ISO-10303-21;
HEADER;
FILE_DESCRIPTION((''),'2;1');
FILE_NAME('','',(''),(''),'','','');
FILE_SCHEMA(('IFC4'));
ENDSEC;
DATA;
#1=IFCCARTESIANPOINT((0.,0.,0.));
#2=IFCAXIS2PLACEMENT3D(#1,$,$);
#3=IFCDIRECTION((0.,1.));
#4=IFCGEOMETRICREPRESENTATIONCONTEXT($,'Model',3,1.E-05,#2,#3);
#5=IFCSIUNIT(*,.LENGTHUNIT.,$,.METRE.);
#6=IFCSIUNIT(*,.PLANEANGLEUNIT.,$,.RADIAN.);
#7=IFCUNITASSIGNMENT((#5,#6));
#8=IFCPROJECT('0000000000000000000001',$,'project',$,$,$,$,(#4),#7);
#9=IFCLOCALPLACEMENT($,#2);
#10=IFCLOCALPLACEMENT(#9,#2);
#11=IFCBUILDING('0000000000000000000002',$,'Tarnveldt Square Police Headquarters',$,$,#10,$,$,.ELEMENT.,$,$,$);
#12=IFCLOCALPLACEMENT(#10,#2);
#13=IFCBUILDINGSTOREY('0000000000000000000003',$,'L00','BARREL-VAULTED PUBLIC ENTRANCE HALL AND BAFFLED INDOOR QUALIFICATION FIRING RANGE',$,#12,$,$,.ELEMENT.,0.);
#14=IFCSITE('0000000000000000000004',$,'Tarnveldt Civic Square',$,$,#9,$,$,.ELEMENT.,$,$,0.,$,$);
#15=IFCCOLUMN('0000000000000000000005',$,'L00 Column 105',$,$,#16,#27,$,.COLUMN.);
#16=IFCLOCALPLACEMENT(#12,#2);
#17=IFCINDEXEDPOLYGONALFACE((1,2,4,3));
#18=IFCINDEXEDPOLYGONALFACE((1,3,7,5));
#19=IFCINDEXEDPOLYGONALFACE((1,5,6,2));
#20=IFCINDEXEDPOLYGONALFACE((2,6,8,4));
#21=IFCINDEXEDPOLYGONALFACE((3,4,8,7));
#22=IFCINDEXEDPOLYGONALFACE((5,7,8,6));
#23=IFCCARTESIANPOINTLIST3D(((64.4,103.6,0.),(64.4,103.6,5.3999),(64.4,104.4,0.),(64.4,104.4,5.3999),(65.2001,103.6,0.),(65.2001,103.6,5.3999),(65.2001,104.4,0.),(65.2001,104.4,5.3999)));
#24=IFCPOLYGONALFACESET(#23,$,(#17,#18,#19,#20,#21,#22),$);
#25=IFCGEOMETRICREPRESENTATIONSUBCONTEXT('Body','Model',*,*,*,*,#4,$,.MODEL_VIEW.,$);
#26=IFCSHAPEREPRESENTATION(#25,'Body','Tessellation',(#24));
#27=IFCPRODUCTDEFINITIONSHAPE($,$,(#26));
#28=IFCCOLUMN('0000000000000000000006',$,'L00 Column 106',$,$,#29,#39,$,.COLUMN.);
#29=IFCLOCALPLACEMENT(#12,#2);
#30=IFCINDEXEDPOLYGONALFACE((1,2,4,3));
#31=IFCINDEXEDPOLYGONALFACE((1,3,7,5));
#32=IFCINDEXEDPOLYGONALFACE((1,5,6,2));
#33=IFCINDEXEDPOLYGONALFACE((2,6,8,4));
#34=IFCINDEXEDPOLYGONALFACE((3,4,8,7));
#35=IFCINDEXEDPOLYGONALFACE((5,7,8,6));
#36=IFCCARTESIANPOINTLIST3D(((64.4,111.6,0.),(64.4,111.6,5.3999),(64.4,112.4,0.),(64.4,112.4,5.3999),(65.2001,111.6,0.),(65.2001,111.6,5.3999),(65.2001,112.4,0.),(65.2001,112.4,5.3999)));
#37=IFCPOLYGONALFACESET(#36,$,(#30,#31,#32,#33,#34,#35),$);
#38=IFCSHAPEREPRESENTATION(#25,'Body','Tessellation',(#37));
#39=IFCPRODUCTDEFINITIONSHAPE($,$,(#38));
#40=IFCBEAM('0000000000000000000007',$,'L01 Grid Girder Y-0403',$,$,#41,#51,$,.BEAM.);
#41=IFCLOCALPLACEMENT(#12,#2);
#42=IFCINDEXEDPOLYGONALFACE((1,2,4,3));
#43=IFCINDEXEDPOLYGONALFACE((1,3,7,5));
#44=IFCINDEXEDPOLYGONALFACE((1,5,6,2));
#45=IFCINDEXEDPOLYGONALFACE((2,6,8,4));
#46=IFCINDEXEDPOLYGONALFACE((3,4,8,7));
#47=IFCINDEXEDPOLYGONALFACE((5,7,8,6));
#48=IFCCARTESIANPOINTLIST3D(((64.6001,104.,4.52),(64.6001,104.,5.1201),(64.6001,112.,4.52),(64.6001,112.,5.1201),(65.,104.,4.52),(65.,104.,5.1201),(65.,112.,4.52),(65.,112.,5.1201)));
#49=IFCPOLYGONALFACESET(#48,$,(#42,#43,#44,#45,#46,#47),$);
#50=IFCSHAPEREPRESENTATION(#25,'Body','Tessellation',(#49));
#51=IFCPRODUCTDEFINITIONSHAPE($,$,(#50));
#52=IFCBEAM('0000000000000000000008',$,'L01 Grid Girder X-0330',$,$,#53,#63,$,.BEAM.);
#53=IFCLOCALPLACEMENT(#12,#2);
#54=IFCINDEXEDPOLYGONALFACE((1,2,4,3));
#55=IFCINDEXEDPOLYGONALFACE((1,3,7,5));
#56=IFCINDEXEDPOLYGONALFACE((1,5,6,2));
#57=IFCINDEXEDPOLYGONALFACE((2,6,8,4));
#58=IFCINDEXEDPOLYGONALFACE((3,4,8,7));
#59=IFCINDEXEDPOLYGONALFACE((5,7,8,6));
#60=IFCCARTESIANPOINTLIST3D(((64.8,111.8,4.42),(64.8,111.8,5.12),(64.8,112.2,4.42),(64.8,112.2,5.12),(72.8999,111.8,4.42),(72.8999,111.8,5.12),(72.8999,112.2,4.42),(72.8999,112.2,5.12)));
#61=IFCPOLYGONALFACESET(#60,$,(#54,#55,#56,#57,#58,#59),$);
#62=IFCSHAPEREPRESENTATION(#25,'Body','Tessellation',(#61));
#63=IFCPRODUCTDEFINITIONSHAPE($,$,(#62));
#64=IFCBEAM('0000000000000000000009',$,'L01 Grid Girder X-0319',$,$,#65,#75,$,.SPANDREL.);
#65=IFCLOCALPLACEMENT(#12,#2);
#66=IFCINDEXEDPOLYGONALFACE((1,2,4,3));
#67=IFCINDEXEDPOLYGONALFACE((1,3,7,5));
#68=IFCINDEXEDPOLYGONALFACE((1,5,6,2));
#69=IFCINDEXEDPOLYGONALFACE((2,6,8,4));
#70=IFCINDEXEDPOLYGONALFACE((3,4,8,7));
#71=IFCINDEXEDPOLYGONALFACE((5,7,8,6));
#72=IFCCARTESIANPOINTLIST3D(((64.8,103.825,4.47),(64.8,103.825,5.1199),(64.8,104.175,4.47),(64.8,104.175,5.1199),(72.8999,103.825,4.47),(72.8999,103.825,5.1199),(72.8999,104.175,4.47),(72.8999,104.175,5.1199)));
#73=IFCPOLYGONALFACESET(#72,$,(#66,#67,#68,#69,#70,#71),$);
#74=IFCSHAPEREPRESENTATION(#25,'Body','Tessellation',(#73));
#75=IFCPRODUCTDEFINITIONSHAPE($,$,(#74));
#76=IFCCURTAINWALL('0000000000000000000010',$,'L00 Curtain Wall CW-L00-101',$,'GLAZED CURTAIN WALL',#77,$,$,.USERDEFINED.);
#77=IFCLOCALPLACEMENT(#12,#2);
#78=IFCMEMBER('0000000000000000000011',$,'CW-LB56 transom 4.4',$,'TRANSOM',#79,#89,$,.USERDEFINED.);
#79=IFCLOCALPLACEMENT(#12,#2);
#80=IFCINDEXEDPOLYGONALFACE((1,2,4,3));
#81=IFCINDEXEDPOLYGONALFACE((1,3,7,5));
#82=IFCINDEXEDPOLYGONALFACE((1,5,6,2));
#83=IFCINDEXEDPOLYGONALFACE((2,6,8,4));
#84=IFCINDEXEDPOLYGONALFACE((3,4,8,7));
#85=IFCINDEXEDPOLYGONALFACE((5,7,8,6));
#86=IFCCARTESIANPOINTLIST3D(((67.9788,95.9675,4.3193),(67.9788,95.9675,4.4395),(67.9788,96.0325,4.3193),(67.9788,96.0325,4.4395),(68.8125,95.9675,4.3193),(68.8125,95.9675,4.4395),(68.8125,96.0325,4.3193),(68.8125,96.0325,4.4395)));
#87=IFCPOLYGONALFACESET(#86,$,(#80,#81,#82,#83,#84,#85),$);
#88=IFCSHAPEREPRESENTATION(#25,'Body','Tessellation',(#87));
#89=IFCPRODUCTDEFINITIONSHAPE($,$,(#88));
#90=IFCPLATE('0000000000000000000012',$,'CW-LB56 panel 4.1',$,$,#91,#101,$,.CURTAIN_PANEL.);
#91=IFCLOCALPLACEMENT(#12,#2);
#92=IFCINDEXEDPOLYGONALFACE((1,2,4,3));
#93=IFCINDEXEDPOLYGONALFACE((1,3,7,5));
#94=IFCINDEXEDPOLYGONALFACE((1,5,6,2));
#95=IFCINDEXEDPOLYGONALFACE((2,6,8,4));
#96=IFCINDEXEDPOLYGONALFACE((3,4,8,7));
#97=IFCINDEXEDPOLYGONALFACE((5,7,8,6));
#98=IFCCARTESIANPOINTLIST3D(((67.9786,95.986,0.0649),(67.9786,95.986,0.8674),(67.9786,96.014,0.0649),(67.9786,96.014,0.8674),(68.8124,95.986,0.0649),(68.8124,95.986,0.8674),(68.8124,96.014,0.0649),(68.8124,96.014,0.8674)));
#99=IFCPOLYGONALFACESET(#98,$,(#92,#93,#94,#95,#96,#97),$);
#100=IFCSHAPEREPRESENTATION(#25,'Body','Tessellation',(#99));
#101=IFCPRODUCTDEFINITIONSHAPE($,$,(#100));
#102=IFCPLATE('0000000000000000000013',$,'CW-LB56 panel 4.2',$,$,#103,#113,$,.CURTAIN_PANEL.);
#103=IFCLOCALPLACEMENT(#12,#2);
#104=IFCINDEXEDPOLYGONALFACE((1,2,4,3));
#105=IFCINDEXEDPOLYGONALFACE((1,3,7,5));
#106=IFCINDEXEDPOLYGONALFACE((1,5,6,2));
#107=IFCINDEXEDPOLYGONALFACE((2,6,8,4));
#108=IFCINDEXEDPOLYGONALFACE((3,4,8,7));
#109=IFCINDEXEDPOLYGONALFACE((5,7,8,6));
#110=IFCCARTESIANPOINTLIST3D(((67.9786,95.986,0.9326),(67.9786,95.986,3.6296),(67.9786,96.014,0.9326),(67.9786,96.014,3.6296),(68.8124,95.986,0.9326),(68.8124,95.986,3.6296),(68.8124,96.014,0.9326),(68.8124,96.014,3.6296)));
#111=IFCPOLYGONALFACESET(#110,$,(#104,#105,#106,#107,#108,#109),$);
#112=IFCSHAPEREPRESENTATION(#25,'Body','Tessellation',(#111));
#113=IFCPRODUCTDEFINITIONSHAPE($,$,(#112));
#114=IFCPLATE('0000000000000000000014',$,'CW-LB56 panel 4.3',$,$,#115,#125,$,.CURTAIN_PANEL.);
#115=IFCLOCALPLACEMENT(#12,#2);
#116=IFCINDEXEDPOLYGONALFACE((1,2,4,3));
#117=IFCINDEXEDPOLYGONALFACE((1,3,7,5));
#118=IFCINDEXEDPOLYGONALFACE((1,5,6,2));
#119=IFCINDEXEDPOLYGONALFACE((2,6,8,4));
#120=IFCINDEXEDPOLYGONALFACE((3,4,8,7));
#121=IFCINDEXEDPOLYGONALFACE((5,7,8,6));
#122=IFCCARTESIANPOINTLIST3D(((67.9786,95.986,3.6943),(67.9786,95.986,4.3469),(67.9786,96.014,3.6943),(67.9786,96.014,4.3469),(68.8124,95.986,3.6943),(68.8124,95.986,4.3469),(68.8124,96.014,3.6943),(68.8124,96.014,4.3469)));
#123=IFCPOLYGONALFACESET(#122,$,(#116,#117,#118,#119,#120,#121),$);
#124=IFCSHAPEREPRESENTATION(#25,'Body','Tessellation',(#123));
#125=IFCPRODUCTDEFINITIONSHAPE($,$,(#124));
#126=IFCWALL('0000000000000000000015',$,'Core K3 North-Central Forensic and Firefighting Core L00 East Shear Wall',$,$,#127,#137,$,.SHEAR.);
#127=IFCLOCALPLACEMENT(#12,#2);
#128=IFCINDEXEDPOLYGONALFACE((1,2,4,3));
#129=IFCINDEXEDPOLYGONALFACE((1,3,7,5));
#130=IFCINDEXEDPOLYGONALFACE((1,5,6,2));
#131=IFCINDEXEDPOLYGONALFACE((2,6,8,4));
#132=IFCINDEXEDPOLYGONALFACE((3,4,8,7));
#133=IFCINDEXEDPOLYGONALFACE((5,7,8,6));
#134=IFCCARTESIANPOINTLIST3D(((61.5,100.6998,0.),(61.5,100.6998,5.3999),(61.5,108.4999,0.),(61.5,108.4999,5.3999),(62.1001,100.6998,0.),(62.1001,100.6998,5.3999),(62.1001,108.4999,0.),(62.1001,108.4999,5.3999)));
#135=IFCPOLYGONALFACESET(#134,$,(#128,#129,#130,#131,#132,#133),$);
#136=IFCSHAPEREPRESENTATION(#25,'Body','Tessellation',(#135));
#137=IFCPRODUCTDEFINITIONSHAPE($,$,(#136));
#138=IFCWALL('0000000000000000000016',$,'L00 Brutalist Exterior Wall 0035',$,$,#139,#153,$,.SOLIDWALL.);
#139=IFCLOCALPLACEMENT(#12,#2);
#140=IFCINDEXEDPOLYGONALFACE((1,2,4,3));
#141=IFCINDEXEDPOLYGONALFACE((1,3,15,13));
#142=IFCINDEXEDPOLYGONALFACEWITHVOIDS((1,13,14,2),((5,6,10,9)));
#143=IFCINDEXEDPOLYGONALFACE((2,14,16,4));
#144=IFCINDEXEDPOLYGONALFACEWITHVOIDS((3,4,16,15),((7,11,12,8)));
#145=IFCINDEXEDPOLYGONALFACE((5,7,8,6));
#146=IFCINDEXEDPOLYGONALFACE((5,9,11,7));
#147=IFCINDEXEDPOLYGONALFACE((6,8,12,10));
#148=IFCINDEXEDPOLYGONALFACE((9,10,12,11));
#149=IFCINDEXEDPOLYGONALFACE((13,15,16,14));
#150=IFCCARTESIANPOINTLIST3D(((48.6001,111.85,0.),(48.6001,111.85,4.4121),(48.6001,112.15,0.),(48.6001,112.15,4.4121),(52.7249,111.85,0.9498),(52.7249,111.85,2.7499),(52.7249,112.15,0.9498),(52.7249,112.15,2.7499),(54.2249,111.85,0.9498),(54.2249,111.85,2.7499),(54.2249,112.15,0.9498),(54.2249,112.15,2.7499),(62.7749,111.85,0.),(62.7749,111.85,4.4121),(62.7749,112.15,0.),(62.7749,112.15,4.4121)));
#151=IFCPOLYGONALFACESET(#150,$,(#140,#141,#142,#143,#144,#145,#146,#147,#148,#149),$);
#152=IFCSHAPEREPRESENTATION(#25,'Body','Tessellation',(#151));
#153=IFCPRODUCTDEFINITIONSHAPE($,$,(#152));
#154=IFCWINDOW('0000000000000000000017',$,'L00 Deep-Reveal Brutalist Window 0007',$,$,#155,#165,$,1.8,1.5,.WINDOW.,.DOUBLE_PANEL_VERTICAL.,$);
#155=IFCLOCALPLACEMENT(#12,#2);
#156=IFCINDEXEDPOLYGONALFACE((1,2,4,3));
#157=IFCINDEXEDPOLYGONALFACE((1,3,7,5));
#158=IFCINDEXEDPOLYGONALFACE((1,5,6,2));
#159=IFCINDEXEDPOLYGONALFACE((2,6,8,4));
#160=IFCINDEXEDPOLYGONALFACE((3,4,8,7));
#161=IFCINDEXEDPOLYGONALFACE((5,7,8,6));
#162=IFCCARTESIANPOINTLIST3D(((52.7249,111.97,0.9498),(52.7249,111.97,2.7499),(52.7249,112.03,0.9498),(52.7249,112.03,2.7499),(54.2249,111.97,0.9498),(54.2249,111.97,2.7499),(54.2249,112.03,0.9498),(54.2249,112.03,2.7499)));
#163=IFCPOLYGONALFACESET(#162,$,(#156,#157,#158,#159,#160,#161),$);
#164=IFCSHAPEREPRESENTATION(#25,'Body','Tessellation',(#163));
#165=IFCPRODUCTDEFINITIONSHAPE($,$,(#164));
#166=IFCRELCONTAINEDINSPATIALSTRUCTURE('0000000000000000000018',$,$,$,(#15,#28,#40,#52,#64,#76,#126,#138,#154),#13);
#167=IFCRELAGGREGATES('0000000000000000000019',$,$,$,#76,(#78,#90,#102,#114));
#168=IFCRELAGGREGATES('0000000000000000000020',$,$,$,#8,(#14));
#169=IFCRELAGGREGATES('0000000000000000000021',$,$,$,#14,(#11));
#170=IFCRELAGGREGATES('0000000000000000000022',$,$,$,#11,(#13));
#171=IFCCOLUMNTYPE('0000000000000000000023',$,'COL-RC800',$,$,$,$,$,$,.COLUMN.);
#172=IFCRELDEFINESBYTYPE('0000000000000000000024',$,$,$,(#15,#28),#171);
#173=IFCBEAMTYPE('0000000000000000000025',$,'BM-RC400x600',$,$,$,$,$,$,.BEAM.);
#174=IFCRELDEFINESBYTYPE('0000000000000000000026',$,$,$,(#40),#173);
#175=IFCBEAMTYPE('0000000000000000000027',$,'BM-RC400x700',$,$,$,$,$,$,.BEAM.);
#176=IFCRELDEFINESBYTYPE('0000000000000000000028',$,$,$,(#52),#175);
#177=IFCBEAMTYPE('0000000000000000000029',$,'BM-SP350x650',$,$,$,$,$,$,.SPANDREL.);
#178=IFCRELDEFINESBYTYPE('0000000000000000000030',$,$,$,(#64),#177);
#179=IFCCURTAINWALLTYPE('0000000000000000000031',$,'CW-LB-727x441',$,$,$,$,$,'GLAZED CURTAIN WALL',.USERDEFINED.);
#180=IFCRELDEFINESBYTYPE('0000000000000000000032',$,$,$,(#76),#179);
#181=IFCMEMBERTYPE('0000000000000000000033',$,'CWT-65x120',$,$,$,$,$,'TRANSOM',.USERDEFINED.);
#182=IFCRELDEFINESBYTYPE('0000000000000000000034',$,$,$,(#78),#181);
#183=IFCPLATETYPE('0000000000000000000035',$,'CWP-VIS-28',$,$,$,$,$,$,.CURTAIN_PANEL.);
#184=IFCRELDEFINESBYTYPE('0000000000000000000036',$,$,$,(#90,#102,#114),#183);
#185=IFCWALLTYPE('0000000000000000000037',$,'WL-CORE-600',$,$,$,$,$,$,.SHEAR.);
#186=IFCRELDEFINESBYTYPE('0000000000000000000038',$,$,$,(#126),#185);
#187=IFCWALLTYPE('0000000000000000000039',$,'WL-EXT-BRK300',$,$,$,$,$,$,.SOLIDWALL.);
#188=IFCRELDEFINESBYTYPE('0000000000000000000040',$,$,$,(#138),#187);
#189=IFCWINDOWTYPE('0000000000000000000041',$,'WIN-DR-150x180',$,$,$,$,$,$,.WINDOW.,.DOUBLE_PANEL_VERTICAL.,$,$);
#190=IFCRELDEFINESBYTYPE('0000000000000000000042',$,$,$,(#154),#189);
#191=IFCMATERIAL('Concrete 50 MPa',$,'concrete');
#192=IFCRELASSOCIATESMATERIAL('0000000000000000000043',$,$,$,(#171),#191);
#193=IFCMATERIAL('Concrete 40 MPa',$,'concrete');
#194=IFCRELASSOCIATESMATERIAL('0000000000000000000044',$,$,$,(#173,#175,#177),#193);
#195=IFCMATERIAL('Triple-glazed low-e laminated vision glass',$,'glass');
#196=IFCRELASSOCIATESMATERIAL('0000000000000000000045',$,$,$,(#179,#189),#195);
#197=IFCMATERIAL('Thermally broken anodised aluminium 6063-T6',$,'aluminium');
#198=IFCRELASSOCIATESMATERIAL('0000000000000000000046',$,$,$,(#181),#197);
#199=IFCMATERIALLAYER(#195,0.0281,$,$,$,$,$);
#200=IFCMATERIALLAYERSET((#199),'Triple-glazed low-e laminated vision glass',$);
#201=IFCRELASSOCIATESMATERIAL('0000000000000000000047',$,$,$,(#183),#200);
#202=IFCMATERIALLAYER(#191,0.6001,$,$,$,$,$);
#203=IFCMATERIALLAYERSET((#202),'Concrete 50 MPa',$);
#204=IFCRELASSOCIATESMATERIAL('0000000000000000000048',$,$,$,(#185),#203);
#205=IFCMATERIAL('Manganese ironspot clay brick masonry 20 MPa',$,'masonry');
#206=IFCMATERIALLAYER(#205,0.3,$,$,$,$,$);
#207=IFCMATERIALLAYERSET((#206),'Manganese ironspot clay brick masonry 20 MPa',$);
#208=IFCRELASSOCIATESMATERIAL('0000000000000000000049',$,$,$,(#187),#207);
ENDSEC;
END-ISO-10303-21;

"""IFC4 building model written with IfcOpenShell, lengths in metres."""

from ifc_helpers import new_model, si_unit, direction, frame, frame_2d, origin, origin_2d, place, context, subcontext, project, spatial, rectangle, extrude, material, layer, layer_set, material_profile, profile_set, type_object, element, fill, aggregate, save


model = new_model("IFC4")

# Units and contexts
model_context = context("Model", 3, precision=1e-05, world=origin(), true_north=direction((0.0, 1.0)))
body_context = subcontext(model_context, "Body", "Model", "MODEL_VIEW")
ifc_project = project(units=[si_unit("LENGTHUNIT", "METRE"), si_unit("PLANEANGLEUNIT", "RADIAN")], contexts=[model_context])

# Site, building, storey
site_placement = place(None, origin())
site = spatial("IfcSite", under=ifc_project, at=site_placement, Name="Tarnveldt Civic Square", CompositionType="ELEMENT", RefElevation=0.0)
building_placement = place(site_placement, origin())
building = spatial("IfcBuilding", under=site, at=building_placement, Name="Tarnveldt Square Police Headquarters", CompositionType="ELEMENT")
storey_placement = place(building_placement, origin())
storey = spatial("IfcBuildingStorey", under=building, at=storey_placement, Name="L00", Description="BARREL-VAULTED PUBLIC ENTRANCE HALL AND BAFFLED INDOOR QUALIFICATION FIRING RANGE", CompositionType="ELEMENT", Elevation=0.0)

# Columns
ifc_material_1 = material(Name="Concrete 50 MPa", Category="concrete")
ifc_material_profile_1 = material_profile(ifc_material_1, rectangle(XDim=0.8, YDim=0.8, at=origin_2d()), Name="RC-C800x800")
ifc_profile_set_1 = profile_set([ifc_material_profile_1], Name="Concrete 50 MPa")
column_type = type_object("IfcColumnType", Name="COL-RC800", PredefinedType="COLUMN", material=ifc_profile_set_1)
for number, where, z_axis, x_axis, name in (
    (1, (64.8, 104.0, 0.0), (0.0, 0.0, 1.0), (1.0, 0.0, 0.0), "L00 Column 105"),
    (2, (64.8, 112.0, 0.0), (0.0, 0.0, 1.0), (1.0, 0.0, 0.0), "L00 Column 106"),
):
    element("IfcColumn", number, at=place(storey_placement, frame(where, z_axis=z_axis, x_axis=x_axis)), inside=storey, type_object=column_type, Name=name, PredefinedType="COLUMN", context=body_context, shape_type="SweptSolid", body=[
        extrude(rectangle(XDim=0.8, YDim=0.8, at=origin_2d()), origin(), (0.0, 0.0, 1.0), 5.3999),
    ])

# Beams
ifc_material_2 = material(Name="Concrete 40 MPa", Category="concrete")
ifc_material_profile_2 = material_profile(ifc_material_2, rectangle(XDim=0.3999, YDim=0.6001, at=origin_2d()), Name="RC-B400x600")
ifc_profile_set_2 = profile_set([ifc_material_profile_2], Name="Concrete 40 MPa")
beam_type_1 = type_object("IfcBeamType", Name="BM-RC400x600", PredefinedType="BEAM", material=ifc_profile_set_2)
beam_1_placement = place(storey_placement, frame((64.8, 104.0, 4.8201), z_axis=(0.0, 1.0, 0.0), x_axis=(-1.0, 0.0, 0.0)))
element("IfcBeam", 3, at=beam_1_placement, inside=storey, type_object=beam_type_1, Name="L01 Grid Girder Y-0403", PredefinedType="BEAM", context=body_context, shape_type="SweptSolid", body=[
    extrude(rectangle(XDim=0.3999, YDim=0.6001, at=origin_2d()), origin(), (0.0, 0.0, 1.0), 8.0),
])
ifc_material_profile_3 = material_profile(ifc_material_2, rectangle(XDim=0.3999, YDim=0.7, at=origin_2d()), Name="RC-B400x700")
ifc_profile_set_3 = profile_set([ifc_material_profile_3], Name="Concrete 40 MPa")
beam_type_2 = type_object("IfcBeamType", Name="BM-RC400x700", PredefinedType="BEAM", material=ifc_profile_set_3)
beam_2_placement = place(storey_placement, frame((64.8, 112.0, 4.77), z_axis=(1.0, 0.0, 0.0), x_axis=(0.0, 1.0, 0.0)))
element("IfcBeam", 4, at=beam_2_placement, inside=storey, type_object=beam_type_2, Name="L01 Grid Girder X-0330", PredefinedType="BEAM", context=body_context, shape_type="SweptSolid", body=[
    extrude(rectangle(XDim=0.3999, YDim=0.7, at=origin_2d()), origin(), (0.0, 0.0, 1.0), 8.0999),
])
ifc_material_profile_4 = material_profile(ifc_material_2, rectangle(XDim=0.3501, YDim=0.6499, at=origin_2d()), Name="RC-SP350x650")
ifc_profile_set_4 = profile_set([ifc_material_profile_4], Name="Concrete 40 MPa")
beam_type_3 = type_object("IfcBeamType", Name="BM-SP350x650", PredefinedType="SPANDREL", material=ifc_profile_set_4)
beam_3_placement = place(storey_placement, frame((64.8, 104.0, 4.7949), z_axis=(1.0, 0.0, 0.0), x_axis=(0.0, 1.0, 0.0)))
element("IfcBeam", 5, at=beam_3_placement, inside=storey, type_object=beam_type_3, Name="L01 Grid Girder X-0319", PredefinedType="SPANDREL", context=body_context, shape_type="SweptSolid", body=[
    extrude(rectangle(XDim=0.3501, YDim=0.6499, at=origin_2d()), origin(), (0.0, 0.0, 1.0), 8.0999),
])

# Curtain wall, member, plates
ifc_material_3 = material(Name="Triple-glazed low-e laminated vision glass", Category="glass")
curtain_wall_type = type_object("IfcCurtainWallType", Name="CW-LB-727x441", ElementType="GLAZED CURTAIN WALL", PredefinedType="USERDEFINED", material=ifc_material_3)
curtain_wall_placement = place(storey_placement, origin())
curtain_wall = element("IfcCurtainWall", 6, at=curtain_wall_placement, inside=storey, type_object=curtain_wall_type, Name="L00 Curtain Wall CW-L00-101", ObjectType="GLAZED CURTAIN WALL", PredefinedType="USERDEFINED")
ifc_material_4 = material(Name="Thermally broken anodised aluminium 6063-T6", Category="aluminium")
ifc_material_profile_5 = material_profile(ifc_material_4, rectangle(XDim=0.0649, YDim=0.1201, at=origin_2d()), Name="CW-T65x120")
ifc_profile_set_5 = profile_set([ifc_material_profile_5], Name="Thermally broken anodised aluminium 6063-T6")
member_type = type_object("IfcMemberType", Name="CWT-65x120", ElementType="TRANSOM", PredefinedType="USERDEFINED", material=ifc_profile_set_5)
member_placement = place(storey_placement, frame((67.9788, 96.0, 4.3794), z_axis=(1.0, 0.0, 0.0), x_axis=(0.0, 1.0, 0.0)))
member = element("IfcMember", 7, at=member_placement, type_object=member_type, Name="CW-LB56 transom 4.4", ObjectType="TRANSOM", PredefinedType="USERDEFINED", context=body_context, shape_type="SweptSolid", body=[
    extrude(rectangle(XDim=0.0649, YDim=0.1201, at=origin_2d()), origin(), (0.0, 0.0, 1.0), 0.8337),
])
ifc_layer_1 = layer(ifc_material_3, 0.0281)
ifc_layer_set_1 = layer_set([ifc_layer_1], Name="Triple-glazed low-e laminated vision glass")
plate_type = type_object("IfcPlateType", Name="CWP-VIS-28", PredefinedType="CURTAIN_PANEL", material=ifc_layer_set_1)
plate_1_placement = place(storey_placement, frame((68.3955, 96.0, 0.0649), z_axis=(0.0, 0.0, 1.0), x_axis=(1.0, 0.0, 0.0)))
plate_1 = element("IfcPlate", 8, at=plate_1_placement, type_object=plate_type, Name="CW-LB56 panel 4.1", PredefinedType="CURTAIN_PANEL", context=body_context, shape_type="SweptSolid", body=[
    extrude(rectangle(XDim=0.8337, YDim=0.0281, at=origin_2d()), origin(), (0.0, 0.0, 1.0), 0.8025),
])
plate_2_placement = place(storey_placement, frame((68.3955, 96.0, 0.9326), z_axis=(0.0, 0.0, 1.0), x_axis=(1.0, 0.0, 0.0)))
plate_2 = element("IfcPlate", 9, at=plate_2_placement, type_object=plate_type, Name="CW-LB56 panel 4.2", PredefinedType="CURTAIN_PANEL", context=body_context, shape_type="SweptSolid", body=[
    extrude(rectangle(XDim=0.8337, YDim=0.0281, at=origin_2d()), origin(), (0.0, 0.0, 1.0), 2.697),
])
plate_3_placement = place(storey_placement, frame((68.3955, 96.0, 3.6943), z_axis=(0.0, 0.0, 1.0), x_axis=(1.0, 0.0, 0.0)))
plate_3 = element("IfcPlate", 10, at=plate_3_placement, type_object=plate_type, Name="CW-LB56 panel 4.3", PredefinedType="CURTAIN_PANEL", context=body_context, shape_type="SweptSolid", body=[
    extrude(rectangle(XDim=0.8337, YDim=0.0281, at=origin_2d()), origin(), (0.0, 0.0, 1.0), 0.6526),
])
aggregate(curtain_wall, [member, plate_1, plate_2, plate_3])

# Wall
ifc_layer_2 = layer(ifc_material_1, 0.6001)
ifc_layer_set_2 = layer_set([ifc_layer_2], Name="Concrete 50 MPa")
wall_type_1 = type_object("IfcWallType", Name="WL-CORE-600", PredefinedType="SHEAR", material=ifc_layer_set_2)
wall_1_placement = place(storey_placement, frame((61.8, 100.7, 0.0), z_axis=(0.0, 0.0, 1.0), x_axis=(0.0, 1.0, 0.0)))
element("IfcWall", 11, at=wall_1_placement, inside=storey, type_object=wall_type_1, Name="Core K3 North-Central Forensic and Firefighting Core L00 East Shear Wall", PredefinedType="SHEAR", context=body_context, shape_type="SweptSolid", body=[
    extrude(rectangle(XDim=7.8, YDim=0.6001, at=frame_2d((3.8999, 0.0))), origin(), (0.0, 0.0, 1.0), 5.3999),
])

# Wall, opening, window
ifc_material_5 = material(Name="Manganese ironspot clay brick masonry 20 MPa", Category="masonry")
ifc_layer_3 = layer(ifc_material_5, 0.3)
ifc_layer_set_3 = layer_set([ifc_layer_3], Name="Manganese ironspot clay brick masonry 20 MPa")
wall_type_2 = type_object("IfcWallType", Name="WL-EXT-BRK300", PredefinedType="SOLIDWALL", material=ifc_layer_set_3)
wall_2_placement = place(storey_placement, frame((62.7749, 112.0, 0.0), z_axis=(0.0, 0.0, 1.0), x_axis=(-1.0, 0.0, 0.0)))
wall_2 = element("IfcWall", 12, at=wall_2_placement, inside=storey, type_object=wall_type_2, Name="L00 Brutalist Exterior Wall 0035", PredefinedType="SOLIDWALL", context=body_context, shape_type="SweptSolid", body=[
    extrude(rectangle(XDim=14.1748, YDim=0.3, at=frame_2d((7.0874, 0.0))), origin(), (0.0, 0.0, 1.0), 4.4121),
])
opening_1_placement = place(wall_2_placement, frame((8.55, 0.0, 0.95)))
opening_1 = element("IfcOpeningElement", 13, at=opening_1_placement, cuts=wall_2, PredefinedType="OPENING", context=body_context, shape_type="SweptSolid", body=[
    extrude(rectangle(XDim=1.5, YDim=1.8, at=frame_2d((0.75, 0.8999))), frame((0.0, 0.1599, 0.0), z_axis=(0.0, -1.0, 0.0), x_axis=(1.0, 0.0, 0.0)), (0.0, 0.0, 1.0), 0.3201),
])
window_type = type_object("IfcWindowType", Name="WIN-DR-150x180", PartitioningType="DOUBLE_PANEL_VERTICAL", PredefinedType="WINDOW", material=ifc_material_3)
window_placement = place(opening_1_placement, origin())
window = element("IfcWindow", 14, at=window_placement, inside=storey, type_object=window_type, Name="L00 Deep-Reveal Brutalist Window 0007", OverallHeight=1.8, OverallWidth=1.5, PartitioningType="DOUBLE_PANEL_VERTICAL", PredefinedType="WINDOW", context=body_context, shape_type="SweptSolid", body=[
    extrude(rectangle(XDim=1.5, YDim=1.8, at=frame_2d((0.75, 0.8999))), frame((0.0, 0.03, 0.0), z_axis=(0.0, -1.0, 0.0), x_axis=(1.0, 0.0, 0.0)), (0.0, 0.0, 1.0), 0.0601),
])
fill(opening_1, window)

save(model, "model.ifc")
